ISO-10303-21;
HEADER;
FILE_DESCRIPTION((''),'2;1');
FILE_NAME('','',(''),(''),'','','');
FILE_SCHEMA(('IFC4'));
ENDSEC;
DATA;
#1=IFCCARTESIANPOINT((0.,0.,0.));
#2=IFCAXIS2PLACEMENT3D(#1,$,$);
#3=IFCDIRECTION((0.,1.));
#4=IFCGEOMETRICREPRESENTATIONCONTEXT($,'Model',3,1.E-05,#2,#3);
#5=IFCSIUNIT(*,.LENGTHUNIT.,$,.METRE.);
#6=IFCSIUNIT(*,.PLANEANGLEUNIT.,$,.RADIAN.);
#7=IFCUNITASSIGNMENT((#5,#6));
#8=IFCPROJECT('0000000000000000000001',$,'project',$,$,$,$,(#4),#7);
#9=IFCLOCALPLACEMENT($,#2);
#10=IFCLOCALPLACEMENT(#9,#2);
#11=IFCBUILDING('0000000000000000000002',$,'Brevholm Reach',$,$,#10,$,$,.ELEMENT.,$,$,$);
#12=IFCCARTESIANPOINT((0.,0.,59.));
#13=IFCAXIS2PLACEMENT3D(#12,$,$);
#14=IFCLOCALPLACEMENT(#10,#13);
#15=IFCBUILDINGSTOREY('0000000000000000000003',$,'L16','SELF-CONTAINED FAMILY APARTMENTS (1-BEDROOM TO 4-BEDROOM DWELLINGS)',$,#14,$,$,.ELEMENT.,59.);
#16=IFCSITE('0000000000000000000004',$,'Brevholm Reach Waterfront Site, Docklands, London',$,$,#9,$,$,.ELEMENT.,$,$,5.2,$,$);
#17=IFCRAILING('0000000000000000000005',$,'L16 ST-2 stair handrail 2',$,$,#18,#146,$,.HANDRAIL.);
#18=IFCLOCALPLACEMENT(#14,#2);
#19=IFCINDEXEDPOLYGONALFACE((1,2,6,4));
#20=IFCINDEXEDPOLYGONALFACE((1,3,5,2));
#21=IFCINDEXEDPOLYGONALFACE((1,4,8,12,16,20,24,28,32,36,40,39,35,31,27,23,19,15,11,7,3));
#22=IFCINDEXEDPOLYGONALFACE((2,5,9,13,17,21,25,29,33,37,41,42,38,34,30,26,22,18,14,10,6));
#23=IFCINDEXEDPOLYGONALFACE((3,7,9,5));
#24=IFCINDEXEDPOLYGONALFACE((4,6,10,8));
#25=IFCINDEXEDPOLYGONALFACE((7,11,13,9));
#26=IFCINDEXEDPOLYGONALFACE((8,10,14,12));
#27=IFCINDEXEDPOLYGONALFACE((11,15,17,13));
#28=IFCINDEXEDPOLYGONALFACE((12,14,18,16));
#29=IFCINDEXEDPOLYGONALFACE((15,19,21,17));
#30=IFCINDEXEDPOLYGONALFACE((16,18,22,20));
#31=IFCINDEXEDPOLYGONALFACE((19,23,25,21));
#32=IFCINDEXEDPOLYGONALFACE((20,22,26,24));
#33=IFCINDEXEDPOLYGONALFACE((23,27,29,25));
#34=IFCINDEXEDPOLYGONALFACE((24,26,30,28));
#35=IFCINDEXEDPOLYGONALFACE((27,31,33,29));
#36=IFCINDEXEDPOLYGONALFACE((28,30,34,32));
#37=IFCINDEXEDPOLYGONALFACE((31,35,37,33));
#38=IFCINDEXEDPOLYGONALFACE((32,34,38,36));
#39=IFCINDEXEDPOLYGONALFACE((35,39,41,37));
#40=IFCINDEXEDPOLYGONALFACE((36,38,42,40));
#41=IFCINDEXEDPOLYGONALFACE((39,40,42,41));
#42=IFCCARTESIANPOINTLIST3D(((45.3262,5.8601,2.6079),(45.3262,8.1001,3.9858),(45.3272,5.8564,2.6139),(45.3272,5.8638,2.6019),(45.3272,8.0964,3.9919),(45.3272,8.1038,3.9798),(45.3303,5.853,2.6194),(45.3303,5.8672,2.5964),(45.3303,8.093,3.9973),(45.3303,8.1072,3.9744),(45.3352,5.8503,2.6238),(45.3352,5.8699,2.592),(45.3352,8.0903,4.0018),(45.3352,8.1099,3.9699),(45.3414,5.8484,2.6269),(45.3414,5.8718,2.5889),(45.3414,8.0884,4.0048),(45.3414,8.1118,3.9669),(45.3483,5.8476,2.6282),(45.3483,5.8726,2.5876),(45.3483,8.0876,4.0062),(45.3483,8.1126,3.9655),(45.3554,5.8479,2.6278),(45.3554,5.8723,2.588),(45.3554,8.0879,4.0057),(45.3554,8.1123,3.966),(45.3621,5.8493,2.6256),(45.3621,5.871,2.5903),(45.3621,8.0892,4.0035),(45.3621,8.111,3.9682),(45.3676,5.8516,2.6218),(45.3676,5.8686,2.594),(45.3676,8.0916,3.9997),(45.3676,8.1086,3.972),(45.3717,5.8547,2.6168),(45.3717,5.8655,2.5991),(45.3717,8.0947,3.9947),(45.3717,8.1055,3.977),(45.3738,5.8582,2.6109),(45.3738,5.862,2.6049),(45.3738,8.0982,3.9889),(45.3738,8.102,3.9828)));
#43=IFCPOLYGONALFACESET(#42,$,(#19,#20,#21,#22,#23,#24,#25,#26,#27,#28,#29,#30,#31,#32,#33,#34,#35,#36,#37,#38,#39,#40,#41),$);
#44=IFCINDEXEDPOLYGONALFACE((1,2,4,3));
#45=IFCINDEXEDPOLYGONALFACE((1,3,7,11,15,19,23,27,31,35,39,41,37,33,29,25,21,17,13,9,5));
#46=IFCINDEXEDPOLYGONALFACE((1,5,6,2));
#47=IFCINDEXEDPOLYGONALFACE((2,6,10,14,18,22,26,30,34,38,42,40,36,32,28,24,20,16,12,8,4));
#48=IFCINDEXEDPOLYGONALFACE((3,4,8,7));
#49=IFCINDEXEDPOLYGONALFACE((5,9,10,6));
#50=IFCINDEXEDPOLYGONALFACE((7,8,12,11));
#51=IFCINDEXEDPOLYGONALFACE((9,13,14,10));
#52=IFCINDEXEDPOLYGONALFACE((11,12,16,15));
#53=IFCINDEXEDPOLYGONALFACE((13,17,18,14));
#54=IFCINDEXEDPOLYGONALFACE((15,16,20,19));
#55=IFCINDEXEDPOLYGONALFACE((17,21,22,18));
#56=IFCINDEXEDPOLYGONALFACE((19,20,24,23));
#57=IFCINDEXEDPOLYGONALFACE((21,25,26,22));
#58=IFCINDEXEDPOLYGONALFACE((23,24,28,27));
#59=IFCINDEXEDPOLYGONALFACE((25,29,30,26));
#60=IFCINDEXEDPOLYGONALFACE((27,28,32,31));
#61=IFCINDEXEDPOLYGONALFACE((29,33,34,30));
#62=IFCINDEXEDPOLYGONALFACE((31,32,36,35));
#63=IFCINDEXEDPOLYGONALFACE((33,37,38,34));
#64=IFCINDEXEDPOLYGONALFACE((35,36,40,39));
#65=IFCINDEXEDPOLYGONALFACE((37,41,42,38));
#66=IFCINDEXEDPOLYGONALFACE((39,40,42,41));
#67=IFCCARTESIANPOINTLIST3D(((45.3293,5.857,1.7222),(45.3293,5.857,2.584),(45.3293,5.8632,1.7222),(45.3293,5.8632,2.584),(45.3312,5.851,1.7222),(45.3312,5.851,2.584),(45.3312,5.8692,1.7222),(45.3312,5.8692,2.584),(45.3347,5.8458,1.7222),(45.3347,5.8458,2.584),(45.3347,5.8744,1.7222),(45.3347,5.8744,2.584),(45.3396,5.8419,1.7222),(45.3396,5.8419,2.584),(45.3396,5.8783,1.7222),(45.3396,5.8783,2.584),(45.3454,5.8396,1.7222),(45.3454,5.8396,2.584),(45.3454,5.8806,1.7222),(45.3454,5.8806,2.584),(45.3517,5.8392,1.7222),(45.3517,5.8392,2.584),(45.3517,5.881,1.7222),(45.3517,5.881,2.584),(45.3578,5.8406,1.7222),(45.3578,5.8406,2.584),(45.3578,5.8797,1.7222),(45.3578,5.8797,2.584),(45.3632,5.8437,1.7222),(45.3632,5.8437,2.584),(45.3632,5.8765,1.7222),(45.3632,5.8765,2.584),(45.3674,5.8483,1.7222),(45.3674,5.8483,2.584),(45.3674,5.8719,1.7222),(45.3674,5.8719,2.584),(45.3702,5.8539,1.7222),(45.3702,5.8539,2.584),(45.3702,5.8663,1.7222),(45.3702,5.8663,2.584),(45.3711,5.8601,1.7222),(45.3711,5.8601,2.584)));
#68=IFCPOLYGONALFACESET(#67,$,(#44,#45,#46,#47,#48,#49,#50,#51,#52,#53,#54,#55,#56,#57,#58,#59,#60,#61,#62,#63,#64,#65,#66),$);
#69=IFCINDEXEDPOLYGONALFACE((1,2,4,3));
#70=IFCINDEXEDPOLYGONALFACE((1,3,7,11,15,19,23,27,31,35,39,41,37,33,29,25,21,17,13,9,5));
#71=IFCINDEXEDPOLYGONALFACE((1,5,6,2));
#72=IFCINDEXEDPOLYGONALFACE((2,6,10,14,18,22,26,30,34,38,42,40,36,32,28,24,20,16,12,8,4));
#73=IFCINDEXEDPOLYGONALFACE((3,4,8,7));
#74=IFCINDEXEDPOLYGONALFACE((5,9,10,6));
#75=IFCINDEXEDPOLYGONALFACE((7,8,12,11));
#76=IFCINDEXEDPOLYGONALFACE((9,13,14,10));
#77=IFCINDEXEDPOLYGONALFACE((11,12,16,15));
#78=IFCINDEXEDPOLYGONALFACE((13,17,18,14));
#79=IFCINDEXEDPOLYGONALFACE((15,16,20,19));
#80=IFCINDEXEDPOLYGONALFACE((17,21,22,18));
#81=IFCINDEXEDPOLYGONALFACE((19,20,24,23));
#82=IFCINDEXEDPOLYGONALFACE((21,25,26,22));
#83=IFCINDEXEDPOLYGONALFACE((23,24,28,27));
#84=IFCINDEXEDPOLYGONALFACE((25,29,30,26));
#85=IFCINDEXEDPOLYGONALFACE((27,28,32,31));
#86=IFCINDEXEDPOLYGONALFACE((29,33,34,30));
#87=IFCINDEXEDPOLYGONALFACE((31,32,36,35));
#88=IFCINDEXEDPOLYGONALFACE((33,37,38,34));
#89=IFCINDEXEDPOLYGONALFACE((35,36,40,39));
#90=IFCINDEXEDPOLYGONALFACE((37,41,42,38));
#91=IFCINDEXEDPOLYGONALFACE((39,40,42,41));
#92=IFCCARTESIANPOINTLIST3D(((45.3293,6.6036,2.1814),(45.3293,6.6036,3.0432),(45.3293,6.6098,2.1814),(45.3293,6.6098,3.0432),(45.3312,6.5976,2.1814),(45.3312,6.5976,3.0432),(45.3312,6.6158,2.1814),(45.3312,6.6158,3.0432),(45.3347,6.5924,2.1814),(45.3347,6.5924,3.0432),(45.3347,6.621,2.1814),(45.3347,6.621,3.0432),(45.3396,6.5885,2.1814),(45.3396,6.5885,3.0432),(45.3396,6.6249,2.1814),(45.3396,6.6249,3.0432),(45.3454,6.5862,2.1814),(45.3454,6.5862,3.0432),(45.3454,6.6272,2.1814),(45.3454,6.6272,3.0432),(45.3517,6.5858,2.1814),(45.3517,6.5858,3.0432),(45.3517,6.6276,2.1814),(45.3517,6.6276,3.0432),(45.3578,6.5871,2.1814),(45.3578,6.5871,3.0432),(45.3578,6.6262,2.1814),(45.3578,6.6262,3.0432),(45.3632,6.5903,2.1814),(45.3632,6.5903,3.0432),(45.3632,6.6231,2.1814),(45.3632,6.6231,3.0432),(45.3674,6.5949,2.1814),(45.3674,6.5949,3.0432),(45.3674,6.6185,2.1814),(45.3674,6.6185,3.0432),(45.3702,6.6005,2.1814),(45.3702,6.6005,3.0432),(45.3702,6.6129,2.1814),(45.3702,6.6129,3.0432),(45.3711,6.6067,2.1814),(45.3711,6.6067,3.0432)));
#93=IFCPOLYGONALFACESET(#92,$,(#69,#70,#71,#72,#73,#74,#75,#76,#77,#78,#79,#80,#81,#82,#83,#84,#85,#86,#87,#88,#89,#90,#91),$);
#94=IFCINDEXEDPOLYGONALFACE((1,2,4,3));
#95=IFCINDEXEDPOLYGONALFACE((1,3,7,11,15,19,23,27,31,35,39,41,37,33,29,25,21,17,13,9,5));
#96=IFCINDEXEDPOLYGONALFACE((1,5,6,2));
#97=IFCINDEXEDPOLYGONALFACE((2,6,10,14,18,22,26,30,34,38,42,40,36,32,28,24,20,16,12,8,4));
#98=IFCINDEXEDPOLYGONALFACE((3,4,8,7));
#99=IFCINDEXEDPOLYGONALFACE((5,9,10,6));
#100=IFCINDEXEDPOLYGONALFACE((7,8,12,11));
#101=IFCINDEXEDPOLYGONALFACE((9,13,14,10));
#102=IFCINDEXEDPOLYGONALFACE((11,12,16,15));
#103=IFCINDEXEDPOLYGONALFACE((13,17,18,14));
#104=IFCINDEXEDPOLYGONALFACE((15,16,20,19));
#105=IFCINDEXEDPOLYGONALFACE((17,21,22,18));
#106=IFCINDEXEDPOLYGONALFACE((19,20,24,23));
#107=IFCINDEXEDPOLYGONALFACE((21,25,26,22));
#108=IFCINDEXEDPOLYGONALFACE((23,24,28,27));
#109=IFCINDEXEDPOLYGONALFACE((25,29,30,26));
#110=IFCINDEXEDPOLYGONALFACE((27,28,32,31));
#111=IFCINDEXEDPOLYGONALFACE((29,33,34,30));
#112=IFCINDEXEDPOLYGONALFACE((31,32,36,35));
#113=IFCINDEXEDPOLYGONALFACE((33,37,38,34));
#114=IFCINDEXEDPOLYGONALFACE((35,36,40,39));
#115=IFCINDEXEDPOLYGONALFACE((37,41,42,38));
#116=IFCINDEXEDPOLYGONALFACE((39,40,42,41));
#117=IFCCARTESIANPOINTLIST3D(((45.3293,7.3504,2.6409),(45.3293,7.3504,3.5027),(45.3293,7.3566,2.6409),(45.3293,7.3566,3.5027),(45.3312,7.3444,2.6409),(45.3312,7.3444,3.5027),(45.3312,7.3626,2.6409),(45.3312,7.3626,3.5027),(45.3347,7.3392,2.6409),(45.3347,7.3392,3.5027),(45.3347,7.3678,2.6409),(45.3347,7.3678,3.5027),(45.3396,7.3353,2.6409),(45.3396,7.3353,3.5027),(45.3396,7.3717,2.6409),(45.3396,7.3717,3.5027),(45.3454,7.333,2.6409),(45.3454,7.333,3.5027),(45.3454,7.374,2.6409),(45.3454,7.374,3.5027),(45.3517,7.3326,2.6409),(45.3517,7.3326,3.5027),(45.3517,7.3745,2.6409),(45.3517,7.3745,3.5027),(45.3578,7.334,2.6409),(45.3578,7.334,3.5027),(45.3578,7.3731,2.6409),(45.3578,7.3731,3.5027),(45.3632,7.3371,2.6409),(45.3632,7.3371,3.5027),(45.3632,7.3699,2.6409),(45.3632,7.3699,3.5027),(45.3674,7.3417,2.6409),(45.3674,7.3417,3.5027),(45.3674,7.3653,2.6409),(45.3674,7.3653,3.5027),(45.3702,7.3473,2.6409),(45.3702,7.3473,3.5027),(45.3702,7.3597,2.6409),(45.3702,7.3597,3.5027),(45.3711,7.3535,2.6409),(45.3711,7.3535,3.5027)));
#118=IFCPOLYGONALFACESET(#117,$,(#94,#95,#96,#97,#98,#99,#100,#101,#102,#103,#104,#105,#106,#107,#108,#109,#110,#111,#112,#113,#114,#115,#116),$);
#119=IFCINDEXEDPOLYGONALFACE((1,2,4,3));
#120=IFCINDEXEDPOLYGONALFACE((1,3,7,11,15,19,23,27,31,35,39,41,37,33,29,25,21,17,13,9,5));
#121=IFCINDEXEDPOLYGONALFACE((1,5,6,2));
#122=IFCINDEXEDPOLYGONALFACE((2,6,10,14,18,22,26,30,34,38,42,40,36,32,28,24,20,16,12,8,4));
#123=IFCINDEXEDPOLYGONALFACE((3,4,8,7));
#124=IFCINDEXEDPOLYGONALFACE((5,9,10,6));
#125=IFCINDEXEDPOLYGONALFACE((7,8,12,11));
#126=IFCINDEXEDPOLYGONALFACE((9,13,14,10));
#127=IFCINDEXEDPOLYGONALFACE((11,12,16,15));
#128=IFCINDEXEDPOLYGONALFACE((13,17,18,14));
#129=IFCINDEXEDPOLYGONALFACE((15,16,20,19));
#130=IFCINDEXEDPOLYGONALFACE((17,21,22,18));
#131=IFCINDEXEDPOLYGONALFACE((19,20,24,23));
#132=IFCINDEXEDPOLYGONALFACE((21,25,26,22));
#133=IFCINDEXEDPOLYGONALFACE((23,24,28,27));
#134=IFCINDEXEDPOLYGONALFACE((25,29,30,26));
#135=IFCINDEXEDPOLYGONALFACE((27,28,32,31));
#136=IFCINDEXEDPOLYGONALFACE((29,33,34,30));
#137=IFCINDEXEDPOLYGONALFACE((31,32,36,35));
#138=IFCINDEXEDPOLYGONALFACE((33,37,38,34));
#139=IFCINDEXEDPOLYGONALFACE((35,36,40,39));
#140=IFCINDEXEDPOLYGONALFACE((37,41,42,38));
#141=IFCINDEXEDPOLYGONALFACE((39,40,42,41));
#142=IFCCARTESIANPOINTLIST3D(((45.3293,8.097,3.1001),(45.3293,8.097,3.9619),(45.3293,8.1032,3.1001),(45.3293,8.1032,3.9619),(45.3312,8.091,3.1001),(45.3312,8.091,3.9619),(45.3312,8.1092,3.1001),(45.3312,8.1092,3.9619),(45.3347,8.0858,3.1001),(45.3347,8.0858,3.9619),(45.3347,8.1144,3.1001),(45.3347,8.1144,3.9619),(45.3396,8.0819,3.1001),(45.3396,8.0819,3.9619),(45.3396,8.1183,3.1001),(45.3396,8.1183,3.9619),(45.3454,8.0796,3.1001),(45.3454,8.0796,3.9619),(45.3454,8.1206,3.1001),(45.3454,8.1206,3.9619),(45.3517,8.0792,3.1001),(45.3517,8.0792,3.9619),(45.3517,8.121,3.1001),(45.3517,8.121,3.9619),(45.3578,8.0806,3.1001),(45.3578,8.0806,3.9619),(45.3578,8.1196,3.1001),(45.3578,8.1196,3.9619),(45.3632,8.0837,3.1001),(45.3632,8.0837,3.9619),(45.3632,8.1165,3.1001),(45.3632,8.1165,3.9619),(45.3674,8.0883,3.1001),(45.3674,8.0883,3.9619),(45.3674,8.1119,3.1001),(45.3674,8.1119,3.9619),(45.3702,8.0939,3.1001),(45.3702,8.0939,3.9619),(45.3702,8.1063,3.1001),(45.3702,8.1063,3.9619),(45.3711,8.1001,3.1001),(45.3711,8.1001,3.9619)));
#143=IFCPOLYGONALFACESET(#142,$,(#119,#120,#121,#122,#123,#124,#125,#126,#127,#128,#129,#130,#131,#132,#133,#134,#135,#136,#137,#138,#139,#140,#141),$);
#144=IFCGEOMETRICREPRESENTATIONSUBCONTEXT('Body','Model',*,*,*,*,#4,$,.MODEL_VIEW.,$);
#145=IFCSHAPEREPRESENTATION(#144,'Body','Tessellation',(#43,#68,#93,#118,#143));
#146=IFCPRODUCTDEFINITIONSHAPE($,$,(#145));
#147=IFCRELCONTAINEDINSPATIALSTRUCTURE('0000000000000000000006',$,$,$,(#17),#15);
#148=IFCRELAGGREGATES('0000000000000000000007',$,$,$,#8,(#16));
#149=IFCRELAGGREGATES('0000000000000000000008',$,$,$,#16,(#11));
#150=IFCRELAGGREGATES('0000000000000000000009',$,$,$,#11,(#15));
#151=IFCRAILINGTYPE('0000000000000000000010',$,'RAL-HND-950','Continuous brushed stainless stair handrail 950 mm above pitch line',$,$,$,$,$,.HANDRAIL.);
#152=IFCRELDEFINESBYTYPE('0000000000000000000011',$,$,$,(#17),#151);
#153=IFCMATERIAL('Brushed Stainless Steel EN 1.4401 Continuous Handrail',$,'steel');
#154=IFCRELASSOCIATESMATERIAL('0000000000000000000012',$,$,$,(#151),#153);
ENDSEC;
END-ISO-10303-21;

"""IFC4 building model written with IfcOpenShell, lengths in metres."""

from ifc_helpers import new_model, si_unit, direction, frame, origin, origin_2d, place, context, subcontext, project, spatial, circle, extrude, material, type_object, element, save


model = new_model("IFC4")

# Units and contexts
model_context = context("Model", 3, precision=1e-05, world=origin(), true_north=direction((0.0, 1.0)))
body_context = subcontext(model_context, "Body", "Model", "MODEL_VIEW")
ifc_project = project(units=[si_unit("LENGTHUNIT", "METRE"), si_unit("PLANEANGLEUNIT", "RADIAN")], contexts=[model_context])

# Site, building, storey
site_placement = place(None, origin())
site = spatial("IfcSite", under=ifc_project, at=site_placement, Name="Brevholm Reach Waterfront Site, Docklands, London", CompositionType="ELEMENT", RefElevation=5.2)
building_placement = place(site_placement, origin())
building = spatial("IfcBuilding", under=site, at=building_placement, Name="Brevholm Reach", CompositionType="ELEMENT")
storey_placement = place(building_placement, frame((0.0, 0.0, 59.0)))
storey = spatial("IfcBuildingStorey", under=building, at=storey_placement, Name="L16", Description="SELF-CONTAINED FAMILY APARTMENTS (1-BEDROOM TO 4-BEDROOM DWELLINGS)", CompositionType="ELEMENT", Elevation=59.0)

# Railing
ifc_material_1 = material(Name="Brushed Stainless Steel EN 1.4401 Continuous Handrail", Category="steel")
railing_type_1 = type_object("IfcRailingType", Name="RAL-HND-950", Description="Continuous brushed stainless stair handrail 950 mm above pitch line", PredefinedType="HANDRAIL", material=ifc_material_1)
railing_1_placement = place(storey_placement, frame((45.3501, 5.8601, 1.7222)))
element("IfcRailing", 1, at=railing_1_placement, inside=storey, type_object=railing_type_1, Name="L16 ST-2 stair handrail 2", PredefinedType="HANDRAIL", context=body_context, shape_type="SweptSolid", body=[
    extrude(circle(Radius=0.0239, at=origin_2d()), frame((0.0, 0.0, 0.8857), z_axis=(0.0, 0.851748, 0.523952), x_axis=(-1.0, 0.0, 0.0)), (0.0, 0.0, 1.0), 2.6299),
    extrude(circle(Radius=0.021, at=origin_2d()), origin(), (0.0, 0.0, 1.0), 0.8618),
    extrude(circle(Radius=0.021, at=origin_2d()), frame((0.0, 0.7466, 0.4592)), (0.0, 0.0, 1.0), 0.8618),
    extrude(circle(Radius=0.021, at=origin_2d()), frame((0.0, 1.4934, 0.9187)), (0.0, 0.0, 1.0), 0.8618),
    extrude(circle(Radius=0.021, at=origin_2d()), frame((0.0, 2.24, 1.3779)), (0.0, 0.0, 1.0), 0.8618),
])

save(model, "model.ifc")
